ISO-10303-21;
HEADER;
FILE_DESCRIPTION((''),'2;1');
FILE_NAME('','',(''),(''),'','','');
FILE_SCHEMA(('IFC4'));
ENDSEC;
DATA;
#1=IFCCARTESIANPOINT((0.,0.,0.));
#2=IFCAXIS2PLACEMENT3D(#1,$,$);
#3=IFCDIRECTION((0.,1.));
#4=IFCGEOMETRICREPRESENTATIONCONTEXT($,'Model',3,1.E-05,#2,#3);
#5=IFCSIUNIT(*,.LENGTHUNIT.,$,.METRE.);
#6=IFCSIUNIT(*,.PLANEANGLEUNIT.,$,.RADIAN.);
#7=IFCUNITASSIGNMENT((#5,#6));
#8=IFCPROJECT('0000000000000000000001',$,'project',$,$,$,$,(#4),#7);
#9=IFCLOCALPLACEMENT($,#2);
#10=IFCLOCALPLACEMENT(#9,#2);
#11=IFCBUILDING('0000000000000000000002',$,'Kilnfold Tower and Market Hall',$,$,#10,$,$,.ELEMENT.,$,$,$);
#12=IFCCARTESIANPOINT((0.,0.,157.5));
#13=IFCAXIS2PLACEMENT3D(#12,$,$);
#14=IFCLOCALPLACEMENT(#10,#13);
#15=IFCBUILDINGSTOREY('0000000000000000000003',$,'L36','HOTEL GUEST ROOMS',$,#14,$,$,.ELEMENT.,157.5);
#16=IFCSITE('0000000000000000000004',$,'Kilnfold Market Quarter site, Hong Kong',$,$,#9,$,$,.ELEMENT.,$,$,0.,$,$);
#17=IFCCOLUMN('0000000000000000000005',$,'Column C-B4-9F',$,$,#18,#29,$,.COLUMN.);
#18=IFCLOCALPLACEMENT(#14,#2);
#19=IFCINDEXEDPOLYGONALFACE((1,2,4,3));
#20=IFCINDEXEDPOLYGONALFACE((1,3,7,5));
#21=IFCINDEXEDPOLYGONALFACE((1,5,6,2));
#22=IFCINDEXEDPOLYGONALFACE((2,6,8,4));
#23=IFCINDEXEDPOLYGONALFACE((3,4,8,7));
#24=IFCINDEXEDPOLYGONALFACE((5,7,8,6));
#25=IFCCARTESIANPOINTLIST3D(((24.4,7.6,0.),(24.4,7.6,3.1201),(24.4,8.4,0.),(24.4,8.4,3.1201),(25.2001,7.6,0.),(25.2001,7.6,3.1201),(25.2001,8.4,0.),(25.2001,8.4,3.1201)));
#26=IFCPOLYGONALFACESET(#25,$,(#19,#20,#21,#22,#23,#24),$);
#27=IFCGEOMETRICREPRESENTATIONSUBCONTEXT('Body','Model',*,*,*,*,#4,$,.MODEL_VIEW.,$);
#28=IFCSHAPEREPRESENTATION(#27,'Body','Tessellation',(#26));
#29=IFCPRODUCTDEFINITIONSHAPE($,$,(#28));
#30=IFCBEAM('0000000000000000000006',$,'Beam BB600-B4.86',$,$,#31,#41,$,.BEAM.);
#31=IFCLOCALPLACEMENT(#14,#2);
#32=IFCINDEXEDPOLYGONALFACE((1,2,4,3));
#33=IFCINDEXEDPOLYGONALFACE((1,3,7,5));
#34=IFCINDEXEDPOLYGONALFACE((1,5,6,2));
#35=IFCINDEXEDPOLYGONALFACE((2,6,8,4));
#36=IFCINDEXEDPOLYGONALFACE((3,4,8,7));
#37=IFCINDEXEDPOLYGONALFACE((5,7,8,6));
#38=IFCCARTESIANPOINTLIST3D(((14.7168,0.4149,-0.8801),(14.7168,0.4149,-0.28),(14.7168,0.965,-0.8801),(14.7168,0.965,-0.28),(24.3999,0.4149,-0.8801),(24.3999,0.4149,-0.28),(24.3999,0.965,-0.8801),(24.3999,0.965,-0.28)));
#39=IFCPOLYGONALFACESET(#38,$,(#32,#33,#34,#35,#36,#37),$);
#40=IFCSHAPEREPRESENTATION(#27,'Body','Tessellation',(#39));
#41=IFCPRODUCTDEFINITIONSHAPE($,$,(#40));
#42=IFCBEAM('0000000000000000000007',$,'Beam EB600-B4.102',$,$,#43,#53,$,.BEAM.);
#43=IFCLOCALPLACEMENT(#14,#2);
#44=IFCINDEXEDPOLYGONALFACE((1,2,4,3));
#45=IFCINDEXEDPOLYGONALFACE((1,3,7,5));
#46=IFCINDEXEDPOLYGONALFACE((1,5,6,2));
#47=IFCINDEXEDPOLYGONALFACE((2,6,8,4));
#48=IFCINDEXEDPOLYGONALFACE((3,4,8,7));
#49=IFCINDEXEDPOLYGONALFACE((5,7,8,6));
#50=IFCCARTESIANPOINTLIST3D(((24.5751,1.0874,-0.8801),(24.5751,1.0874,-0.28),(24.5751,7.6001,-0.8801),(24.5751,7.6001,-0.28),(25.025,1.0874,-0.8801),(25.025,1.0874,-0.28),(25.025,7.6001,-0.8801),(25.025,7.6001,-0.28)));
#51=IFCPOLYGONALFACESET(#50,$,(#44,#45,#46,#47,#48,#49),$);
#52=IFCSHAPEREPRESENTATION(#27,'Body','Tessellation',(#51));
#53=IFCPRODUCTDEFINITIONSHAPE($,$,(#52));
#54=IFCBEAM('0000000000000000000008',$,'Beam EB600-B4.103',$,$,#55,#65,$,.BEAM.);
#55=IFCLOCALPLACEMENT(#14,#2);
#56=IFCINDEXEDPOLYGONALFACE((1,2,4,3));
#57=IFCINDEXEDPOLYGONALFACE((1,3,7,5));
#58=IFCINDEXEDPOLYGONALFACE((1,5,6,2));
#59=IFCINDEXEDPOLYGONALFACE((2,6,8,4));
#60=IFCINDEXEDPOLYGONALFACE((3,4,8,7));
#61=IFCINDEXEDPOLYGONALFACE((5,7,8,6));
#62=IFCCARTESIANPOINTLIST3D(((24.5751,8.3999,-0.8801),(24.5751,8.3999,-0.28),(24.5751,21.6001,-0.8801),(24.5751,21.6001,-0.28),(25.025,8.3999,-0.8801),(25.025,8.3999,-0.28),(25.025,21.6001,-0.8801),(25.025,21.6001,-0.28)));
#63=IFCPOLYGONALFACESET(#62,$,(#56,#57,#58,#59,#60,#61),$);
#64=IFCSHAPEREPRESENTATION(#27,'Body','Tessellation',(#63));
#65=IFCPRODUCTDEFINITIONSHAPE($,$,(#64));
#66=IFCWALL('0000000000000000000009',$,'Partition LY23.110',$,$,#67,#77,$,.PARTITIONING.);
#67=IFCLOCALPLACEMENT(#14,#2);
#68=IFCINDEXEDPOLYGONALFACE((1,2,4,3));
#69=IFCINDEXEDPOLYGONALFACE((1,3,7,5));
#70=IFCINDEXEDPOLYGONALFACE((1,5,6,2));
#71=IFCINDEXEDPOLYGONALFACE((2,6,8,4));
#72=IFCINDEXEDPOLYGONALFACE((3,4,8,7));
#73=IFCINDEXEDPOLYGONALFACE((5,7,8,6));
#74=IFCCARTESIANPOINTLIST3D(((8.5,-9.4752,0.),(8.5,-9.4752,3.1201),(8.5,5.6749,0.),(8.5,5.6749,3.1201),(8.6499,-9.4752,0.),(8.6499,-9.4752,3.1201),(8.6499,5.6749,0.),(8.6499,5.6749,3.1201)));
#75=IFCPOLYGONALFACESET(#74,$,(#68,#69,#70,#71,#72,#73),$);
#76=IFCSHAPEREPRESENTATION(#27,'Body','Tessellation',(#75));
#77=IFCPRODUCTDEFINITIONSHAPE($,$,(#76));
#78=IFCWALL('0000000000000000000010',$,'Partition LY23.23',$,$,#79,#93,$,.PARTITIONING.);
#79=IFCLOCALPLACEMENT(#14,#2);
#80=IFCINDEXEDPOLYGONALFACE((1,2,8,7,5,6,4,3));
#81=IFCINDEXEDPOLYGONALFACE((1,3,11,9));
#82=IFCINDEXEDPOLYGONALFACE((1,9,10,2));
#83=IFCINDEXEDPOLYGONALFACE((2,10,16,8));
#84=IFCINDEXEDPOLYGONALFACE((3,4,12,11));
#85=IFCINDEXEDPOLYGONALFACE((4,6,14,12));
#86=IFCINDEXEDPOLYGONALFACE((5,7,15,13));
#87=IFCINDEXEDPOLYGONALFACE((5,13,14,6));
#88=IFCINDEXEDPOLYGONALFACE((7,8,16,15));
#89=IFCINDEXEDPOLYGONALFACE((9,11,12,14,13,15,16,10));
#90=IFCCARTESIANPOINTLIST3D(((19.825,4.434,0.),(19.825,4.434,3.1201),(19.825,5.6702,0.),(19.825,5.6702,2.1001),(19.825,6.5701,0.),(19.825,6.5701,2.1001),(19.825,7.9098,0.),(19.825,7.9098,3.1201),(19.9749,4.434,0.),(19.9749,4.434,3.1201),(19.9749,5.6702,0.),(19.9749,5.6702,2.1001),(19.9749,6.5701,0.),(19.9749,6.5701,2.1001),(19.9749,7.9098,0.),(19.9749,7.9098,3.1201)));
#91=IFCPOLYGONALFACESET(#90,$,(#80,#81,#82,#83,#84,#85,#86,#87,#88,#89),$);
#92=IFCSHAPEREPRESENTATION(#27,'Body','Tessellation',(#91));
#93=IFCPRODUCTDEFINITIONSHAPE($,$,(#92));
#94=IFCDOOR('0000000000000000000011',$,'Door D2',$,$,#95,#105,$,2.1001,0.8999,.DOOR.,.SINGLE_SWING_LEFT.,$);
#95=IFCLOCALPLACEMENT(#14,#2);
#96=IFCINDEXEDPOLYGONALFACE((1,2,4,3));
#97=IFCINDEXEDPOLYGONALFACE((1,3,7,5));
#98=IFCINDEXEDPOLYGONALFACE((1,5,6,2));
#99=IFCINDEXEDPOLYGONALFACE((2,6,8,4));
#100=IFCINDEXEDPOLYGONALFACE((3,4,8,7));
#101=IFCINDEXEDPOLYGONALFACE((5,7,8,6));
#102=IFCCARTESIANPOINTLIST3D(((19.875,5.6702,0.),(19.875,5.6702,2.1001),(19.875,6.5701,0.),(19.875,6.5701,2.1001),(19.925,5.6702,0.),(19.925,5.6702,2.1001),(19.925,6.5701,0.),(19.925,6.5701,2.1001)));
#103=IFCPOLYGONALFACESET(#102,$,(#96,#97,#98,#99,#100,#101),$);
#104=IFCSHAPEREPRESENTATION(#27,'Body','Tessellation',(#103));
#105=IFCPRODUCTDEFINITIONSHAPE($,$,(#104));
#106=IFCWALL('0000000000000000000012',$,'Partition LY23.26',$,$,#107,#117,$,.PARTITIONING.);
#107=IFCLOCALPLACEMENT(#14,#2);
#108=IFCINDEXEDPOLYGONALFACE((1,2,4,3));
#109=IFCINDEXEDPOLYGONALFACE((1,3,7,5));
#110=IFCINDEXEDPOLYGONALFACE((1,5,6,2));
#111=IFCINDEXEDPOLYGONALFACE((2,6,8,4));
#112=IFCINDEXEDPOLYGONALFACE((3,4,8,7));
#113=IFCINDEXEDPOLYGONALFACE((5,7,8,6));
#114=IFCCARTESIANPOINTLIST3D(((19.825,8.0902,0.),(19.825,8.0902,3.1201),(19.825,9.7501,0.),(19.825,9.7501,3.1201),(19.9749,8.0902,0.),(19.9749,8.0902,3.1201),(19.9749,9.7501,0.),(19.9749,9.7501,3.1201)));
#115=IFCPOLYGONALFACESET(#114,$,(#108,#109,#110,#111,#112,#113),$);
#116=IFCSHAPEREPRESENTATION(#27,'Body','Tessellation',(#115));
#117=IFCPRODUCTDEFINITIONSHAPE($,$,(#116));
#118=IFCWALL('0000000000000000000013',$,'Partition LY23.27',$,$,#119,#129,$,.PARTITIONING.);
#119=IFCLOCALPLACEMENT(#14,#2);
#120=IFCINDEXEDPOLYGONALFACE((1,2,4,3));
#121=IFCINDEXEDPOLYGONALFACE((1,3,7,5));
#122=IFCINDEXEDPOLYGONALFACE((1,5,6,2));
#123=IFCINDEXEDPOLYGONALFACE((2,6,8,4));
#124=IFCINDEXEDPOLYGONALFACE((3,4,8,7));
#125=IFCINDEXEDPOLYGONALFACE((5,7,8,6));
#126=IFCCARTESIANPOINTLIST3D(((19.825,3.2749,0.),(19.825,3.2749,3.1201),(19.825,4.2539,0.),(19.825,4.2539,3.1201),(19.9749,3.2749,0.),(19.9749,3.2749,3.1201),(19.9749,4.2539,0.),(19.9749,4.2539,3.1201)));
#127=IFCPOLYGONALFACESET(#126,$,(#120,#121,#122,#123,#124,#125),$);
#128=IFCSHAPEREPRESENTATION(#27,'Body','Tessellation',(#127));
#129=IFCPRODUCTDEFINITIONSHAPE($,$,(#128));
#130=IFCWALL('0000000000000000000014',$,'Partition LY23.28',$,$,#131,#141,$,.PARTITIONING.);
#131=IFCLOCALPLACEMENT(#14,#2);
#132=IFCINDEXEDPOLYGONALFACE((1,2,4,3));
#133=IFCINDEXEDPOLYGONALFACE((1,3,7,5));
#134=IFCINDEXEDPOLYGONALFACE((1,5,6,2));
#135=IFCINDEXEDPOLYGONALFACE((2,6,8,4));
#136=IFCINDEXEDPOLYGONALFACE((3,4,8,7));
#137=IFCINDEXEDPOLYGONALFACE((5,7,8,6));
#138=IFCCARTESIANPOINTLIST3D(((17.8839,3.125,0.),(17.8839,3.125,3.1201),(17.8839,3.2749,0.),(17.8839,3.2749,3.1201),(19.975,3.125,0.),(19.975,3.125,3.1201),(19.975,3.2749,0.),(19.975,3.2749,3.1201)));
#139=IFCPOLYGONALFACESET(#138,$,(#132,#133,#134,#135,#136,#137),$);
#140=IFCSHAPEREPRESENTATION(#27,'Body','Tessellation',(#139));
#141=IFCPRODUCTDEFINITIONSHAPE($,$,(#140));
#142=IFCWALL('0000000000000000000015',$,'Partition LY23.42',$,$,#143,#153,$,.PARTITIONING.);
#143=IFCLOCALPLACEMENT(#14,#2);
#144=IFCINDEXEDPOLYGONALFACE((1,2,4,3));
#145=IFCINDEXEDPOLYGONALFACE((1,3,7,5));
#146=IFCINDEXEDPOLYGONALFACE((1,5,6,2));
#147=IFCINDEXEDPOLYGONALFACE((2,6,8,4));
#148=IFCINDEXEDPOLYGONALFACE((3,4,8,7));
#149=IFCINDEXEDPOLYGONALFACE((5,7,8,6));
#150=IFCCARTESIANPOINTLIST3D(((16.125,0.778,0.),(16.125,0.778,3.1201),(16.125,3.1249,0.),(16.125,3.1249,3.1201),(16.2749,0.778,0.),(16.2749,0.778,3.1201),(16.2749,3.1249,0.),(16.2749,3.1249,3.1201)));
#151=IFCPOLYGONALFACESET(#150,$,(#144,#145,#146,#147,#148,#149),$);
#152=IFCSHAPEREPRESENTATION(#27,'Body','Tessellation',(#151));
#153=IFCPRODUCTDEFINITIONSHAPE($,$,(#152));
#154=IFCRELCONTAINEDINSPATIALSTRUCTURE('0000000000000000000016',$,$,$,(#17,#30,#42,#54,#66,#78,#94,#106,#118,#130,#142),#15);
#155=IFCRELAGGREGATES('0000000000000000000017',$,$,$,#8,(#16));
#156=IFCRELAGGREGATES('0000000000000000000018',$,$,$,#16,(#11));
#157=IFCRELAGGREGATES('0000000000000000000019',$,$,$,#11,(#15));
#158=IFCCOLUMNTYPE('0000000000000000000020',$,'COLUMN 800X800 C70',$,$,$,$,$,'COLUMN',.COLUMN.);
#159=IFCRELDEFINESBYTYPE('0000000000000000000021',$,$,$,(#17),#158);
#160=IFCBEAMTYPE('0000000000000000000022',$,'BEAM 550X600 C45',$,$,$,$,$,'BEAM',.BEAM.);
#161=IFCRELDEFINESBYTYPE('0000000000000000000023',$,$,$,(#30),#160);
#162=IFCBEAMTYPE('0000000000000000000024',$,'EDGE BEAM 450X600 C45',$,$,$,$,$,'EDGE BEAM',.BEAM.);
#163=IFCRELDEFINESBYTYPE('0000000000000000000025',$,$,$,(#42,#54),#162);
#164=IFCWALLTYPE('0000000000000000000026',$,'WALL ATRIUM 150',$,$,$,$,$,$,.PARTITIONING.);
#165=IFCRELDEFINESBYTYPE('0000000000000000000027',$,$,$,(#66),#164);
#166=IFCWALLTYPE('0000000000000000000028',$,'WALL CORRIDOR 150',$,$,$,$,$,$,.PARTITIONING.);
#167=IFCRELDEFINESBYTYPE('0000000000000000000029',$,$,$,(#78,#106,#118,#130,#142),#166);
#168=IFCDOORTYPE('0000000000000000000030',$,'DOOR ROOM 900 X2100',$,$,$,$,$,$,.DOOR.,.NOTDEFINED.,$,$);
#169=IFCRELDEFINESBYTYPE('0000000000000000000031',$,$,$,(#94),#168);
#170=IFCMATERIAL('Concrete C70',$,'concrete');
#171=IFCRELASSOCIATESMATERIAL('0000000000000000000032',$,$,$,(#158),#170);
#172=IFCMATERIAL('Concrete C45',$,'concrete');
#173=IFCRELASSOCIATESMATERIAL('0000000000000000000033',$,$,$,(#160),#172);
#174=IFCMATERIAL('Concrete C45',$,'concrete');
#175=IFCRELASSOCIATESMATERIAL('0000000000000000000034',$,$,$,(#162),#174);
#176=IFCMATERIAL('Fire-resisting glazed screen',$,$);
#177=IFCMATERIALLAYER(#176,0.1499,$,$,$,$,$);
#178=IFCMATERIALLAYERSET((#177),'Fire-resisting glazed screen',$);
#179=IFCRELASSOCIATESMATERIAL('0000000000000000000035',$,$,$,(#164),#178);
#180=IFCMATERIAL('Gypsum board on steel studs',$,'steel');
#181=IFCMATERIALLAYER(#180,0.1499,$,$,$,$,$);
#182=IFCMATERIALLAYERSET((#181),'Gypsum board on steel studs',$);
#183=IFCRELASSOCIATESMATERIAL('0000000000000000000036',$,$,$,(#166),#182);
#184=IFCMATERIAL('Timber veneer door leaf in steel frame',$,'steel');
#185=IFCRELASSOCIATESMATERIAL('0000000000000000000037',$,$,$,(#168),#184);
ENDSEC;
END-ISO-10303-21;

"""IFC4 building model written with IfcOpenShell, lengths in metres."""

from ifc_helpers import new_model, si_unit, direction, frame, frame_2d, origin, origin_2d, place, context, subcontext, project, spatial, rectangle, extrude, source, transform, mapped, material, layer, layer_set, material_profile, profile_set, type_object, element, fill, save


model = new_model("IFC4")

# Units and contexts
model_context = context("Model", 3, precision=1e-05, world=origin(), true_north=direction((0.0, 1.0)))
body_context = subcontext(model_context, "Body", "Model", "MODEL_VIEW")
ifc_project = project(units=[si_unit("LENGTHUNIT", "METRE"), si_unit("PLANEANGLEUNIT", "RADIAN")], contexts=[model_context])

# Site, building, storey
site_placement = place(None, origin())
site = spatial("IfcSite", under=ifc_project, at=site_placement, Name="Kilnfold Market Quarter site, Hong Kong", CompositionType="ELEMENT", RefElevation=0.0)
building_placement = place(site_placement, origin())
building = spatial("IfcBuilding", under=site, at=building_placement, Name="Kilnfold Tower and Market Hall", CompositionType="ELEMENT")
storey_placement = place(building_placement, frame((0.0, 0.0, 157.5)))
storey = spatial("IfcBuildingStorey", under=building, at=storey_placement, Name="L36", Description="HOTEL GUEST ROOMS", CompositionType="ELEMENT", Elevation=157.5)

# Column
ifc_material_1 = material(Name="Concrete C70", Category="concrete")
ifc_material_profile_1 = material_profile(ifc_material_1, rectangle(XDim=0.8, YDim=0.8, at=origin_2d()), Name="RC 800x800")
ifc_profile_set_1 = profile_set([ifc_material_profile_1], Name="Concrete C70")
column_type = type_object("IfcColumnType", Name="COLUMN 800X800 C70", ElementType="COLUMN", PredefinedType="COLUMN", material=ifc_profile_set_1)
shared_shape_1 = source(origin(), body_context, "Body", "SweptSolid", [
    extrude(rectangle(XDim=0.8, YDim=0.8, at=origin_2d()), origin(), (0.0, 0.0, 1.0), 3.1201),
])
column_placement = place(storey_placement, frame((24.8, 8.0, 0.0), z_axis=(0.0, 0.0, 1.0), x_axis=(1.0, 0.0, 0.0)))
element("IfcColumn", 1, at=column_placement, inside=storey, type_object=column_type, Name="Column C-B4-9F", PredefinedType="COLUMN", context=body_context, shape_type="MappedRepresentation", body=[
    mapped(shared_shape_1, transform((0.0, 0.0, 0.0))),
])

# Beams
ifc_material_2 = material(Name="Concrete C45", Category="concrete")
ifc_material_profile_2 = material_profile(ifc_material_2, rectangle(XDim=0.55, YDim=0.6001, at=origin_2d()), Name="RC 550x600")
ifc_profile_set_2 = profile_set([ifc_material_profile_2], Name="Concrete C45")
beam_type_1 = type_object("IfcBeamType", Name="BEAM 550X600 C45", ElementType="BEAM", PredefinedType="BEAM", material=ifc_profile_set_2)
shared_shape_2 = source(origin(), body_context, "Body", "SweptSolid", [
    extrude(rectangle(XDim=0.55, YDim=0.6001, at=origin_2d()), origin(), (0.0, 0.0, 1.0), 9.6831),
])
beam_1_placement = place(storey_placement, frame((14.7168, 0.6899, -0.5801), z_axis=(1.0, 0.0, 0.0), x_axis=(0.0, 1.0, 0.0)))
element("IfcBeam", 2, at=beam_1_placement, inside=storey, type_object=beam_type_1, Name="Beam BB600-B4.86", PredefinedType="BEAM", context=body_context, shape_type="MappedRepresentation", body=[
    mapped(shared_shape_2, transform((0.0, 0.0, 0.0))),
])
ifc_material_3 = material(Name="Concrete C45", Category="concrete")
ifc_material_profile_3 = material_profile(ifc_material_3, rectangle(XDim=0.45, YDim=0.6001, at=origin_2d()), Name="RC 450x600")
ifc_profile_set_3 = profile_set([ifc_material_profile_3], Name="Concrete C45")
beam_type_2 = type_object("IfcBeamType", Name="EDGE BEAM 450X600 C45", ElementType="EDGE BEAM", PredefinedType="BEAM", material=ifc_profile_set_3)
shared_shape_3 = source(origin(), body_context, "Body", "SweptSolid", [
    extrude(rectangle(XDim=0.45, YDim=0.6001, at=origin_2d()), origin(), (0.0, 0.0, 1.0), 6.5127),
])
beam_2_placement = place(storey_placement, frame((24.8, 1.0874, -0.5801), z_axis=(0.0, 1.0, 0.0), x_axis=(-1.0, 0.0, 0.0)))
element("IfcBeam", 3, at=beam_2_placement, inside=storey, type_object=beam_type_2, Name="Beam EB600-B4.102", PredefinedType="BEAM", context=body_context, shape_type="MappedRepresentation", body=[
    mapped(shared_shape_3, transform((0.0, 0.0, 0.0))),
])
shared_shape_4 = source(origin(), body_context, "Body", "SweptSolid", [
    extrude(rectangle(XDim=0.45, YDim=0.6001, at=origin_2d()), origin(), (0.0, 0.0, 1.0), 13.2002),
])
beam_3_placement = place(storey_placement, frame((24.8, 8.3999, -0.5801), z_axis=(0.0, 1.0, 0.0), x_axis=(-1.0, 0.0, 0.0)))
element("IfcBeam", 4, at=beam_3_placement, inside=storey, type_object=beam_type_2, Name="Beam EB600-B4.103", PredefinedType="BEAM", context=body_context, shape_type="MappedRepresentation", body=[
    mapped(shared_shape_4, transform((0.0, 0.0, 0.0))),
])

# Wall
ifc_material_4 = material(Name="Fire-resisting glazed screen")
ifc_layer_1 = layer(ifc_material_4, 0.1499)
ifc_layer_set_1 = layer_set([ifc_layer_1], Name="Fire-resisting glazed screen")
wall_type_1 = type_object("IfcWallType", Name="WALL ATRIUM 150", PredefinedType="PARTITIONING", material=ifc_layer_set_1)
wall_1_placement = place(storey_placement, frame((8.575, 5.675, 0.0), z_axis=(0.0, 0.0, 1.0), x_axis=(0.0, -1.0, 0.0)))
element("IfcWall", 5, at=wall_1_placement, inside=storey, type_object=wall_type_1, Name="Partition LY23.110", PredefinedType="PARTITIONING", context=body_context, shape_type="SweptSolid", body=[
    extrude(rectangle(XDim=15.1501, YDim=0.1499, at=frame_2d((7.5752, 0.0))), origin(), (0.0, 0.0, 1.0), 3.1201),
])

# Wall, opening, door
ifc_material_5 = material(Name="Gypsum board on steel studs", Category="steel")
ifc_layer_2 = layer(ifc_material_5, 0.1499)
ifc_layer_set_2 = layer_set([ifc_layer_2], Name="Gypsum board on steel studs")
wall_type_2 = type_object("IfcWallType", Name="WALL CORRIDOR 150", PredefinedType="PARTITIONING", material=ifc_layer_set_2)
wall_2_placement = place(storey_placement, frame((19.8999, 4.4341, 0.0), z_axis=(0.0, 0.0, 1.0), x_axis=(0.0, 1.0, 0.0)))
wall_2 = element("IfcWall", 6, at=wall_2_placement, inside=storey, type_object=wall_type_2, Name="Partition LY23.23", PredefinedType="PARTITIONING", context=body_context, shape_type="SweptSolid", body=[
    extrude(rectangle(XDim=3.4758, YDim=0.1499, at=frame_2d((1.7378, 0.0))), origin(), (0.0, 0.0, 1.0), 3.1201),
])
opening_1_placement = place(wall_2_placement, frame((1.2361, 0.0, 0.0)))
opening_1 = element("IfcOpeningElement", 7, at=opening_1_placement, cuts=wall_2, PredefinedType="OPENING", context=body_context, shape_type="SweptSolid", body=[
    extrude(rectangle(XDim=0.8999, YDim=2.1001, at=frame_2d((0.45, 1.05))), frame((0.0, 0.085, 0.0), z_axis=(0.0, -1.0, 0.0), x_axis=(1.0, 0.0, 0.0)), (0.0, 0.0, 1.0), 0.1699),
])
ifc_material_6 = material(Name="Timber veneer door leaf in steel frame", Category="steel")
door_type_1 = type_object("IfcDoorType", Name="DOOR ROOM 900 X2100", OperationType="NOTDEFINED", PredefinedType="DOOR", material=ifc_material_6)
door_1_placement = place(opening_1_placement, origin())
door_1 = element("IfcDoor", 8, at=door_1_placement, inside=storey, type_object=door_type_1, Name="Door D2", OperationType="SINGLE_SWING_LEFT", OverallHeight=2.1001, OverallWidth=0.8999, PredefinedType="DOOR", context=body_context, shape_type="SweptSolid", body=[
    extrude(rectangle(XDim=0.8999, YDim=2.1001, at=frame_2d((0.45, 1.05))), frame((0.0, 0.0249, 0.0), z_axis=(0.0, -1.0, 0.0), x_axis=(1.0, 0.0, 0.0)), (0.0, 0.0, 1.0), 0.05),
])
fill(opening_1, door_1)

# Walls
wall_3_placement = place(storey_placement, frame((19.8999, 8.0901, 0.0), z_axis=(0.0, 0.0, 1.0), x_axis=(0.0, 1.0, 0.0)))
element("IfcWall", 9, at=wall_3_placement, inside=storey, type_object=wall_type_2, Name="Partition LY23.26", PredefinedType="PARTITIONING", context=body_context, shape_type="SweptSolid", body=[
    extrude(rectangle(XDim=1.6599, YDim=0.1499, at=frame_2d((0.8301, 0.0))), origin(), (0.0, 0.0, 1.0), 3.1201),
])
wall_4_placement = place(storey_placement, frame((19.8999, 3.2749, 0.0), z_axis=(0.0, 0.0, 1.0), x_axis=(0.0, 1.0, 0.0)))
element("IfcWall", 10, at=wall_4_placement, inside=storey, type_object=wall_type_2, Name="Partition LY23.27", PredefinedType="PARTITIONING", context=body_context, shape_type="SweptSolid", body=[
    extrude(rectangle(XDim=0.979, YDim=0.1499, at=frame_2d((0.4895, 0.0))), origin(), (0.0, 0.0, 1.0), 3.1201),
])
wall_5_placement = place(storey_placement, frame((17.884, 3.2, 0.0), z_axis=(0.0, 0.0, 1.0), x_axis=(1.0, 0.0, 0.0)))
element("IfcWall", 11, at=wall_5_placement, inside=storey, type_object=wall_type_2, Name="Partition LY23.28", PredefinedType="PARTITIONING", context=body_context, shape_type="SweptSolid", body=[
    extrude(rectangle(XDim=2.0911, YDim=0.1499, at=frame_2d((1.0454, 0.0))), origin(), (0.0, 0.0, 1.0), 3.1201),
])
wall_6_placement = place(storey_placement, frame((16.2, 0.7781, 0.0), z_axis=(0.0, 0.0, 1.0), x_axis=(0.0, 1.0, 0.0)))
element("IfcWall", 12, at=wall_6_placement, inside=storey, type_object=wall_type_2, Name="Partition LY23.42", PredefinedType="PARTITIONING", context=body_context, shape_type="SweptSolid", body=[
    extrude(rectangle(XDim=2.3469, YDim=0.1499, at=frame_2d((1.1733, 0.0))), origin(), (0.0, 0.0, 1.0), 3.1201),
])

save(model, "model.ifc")
